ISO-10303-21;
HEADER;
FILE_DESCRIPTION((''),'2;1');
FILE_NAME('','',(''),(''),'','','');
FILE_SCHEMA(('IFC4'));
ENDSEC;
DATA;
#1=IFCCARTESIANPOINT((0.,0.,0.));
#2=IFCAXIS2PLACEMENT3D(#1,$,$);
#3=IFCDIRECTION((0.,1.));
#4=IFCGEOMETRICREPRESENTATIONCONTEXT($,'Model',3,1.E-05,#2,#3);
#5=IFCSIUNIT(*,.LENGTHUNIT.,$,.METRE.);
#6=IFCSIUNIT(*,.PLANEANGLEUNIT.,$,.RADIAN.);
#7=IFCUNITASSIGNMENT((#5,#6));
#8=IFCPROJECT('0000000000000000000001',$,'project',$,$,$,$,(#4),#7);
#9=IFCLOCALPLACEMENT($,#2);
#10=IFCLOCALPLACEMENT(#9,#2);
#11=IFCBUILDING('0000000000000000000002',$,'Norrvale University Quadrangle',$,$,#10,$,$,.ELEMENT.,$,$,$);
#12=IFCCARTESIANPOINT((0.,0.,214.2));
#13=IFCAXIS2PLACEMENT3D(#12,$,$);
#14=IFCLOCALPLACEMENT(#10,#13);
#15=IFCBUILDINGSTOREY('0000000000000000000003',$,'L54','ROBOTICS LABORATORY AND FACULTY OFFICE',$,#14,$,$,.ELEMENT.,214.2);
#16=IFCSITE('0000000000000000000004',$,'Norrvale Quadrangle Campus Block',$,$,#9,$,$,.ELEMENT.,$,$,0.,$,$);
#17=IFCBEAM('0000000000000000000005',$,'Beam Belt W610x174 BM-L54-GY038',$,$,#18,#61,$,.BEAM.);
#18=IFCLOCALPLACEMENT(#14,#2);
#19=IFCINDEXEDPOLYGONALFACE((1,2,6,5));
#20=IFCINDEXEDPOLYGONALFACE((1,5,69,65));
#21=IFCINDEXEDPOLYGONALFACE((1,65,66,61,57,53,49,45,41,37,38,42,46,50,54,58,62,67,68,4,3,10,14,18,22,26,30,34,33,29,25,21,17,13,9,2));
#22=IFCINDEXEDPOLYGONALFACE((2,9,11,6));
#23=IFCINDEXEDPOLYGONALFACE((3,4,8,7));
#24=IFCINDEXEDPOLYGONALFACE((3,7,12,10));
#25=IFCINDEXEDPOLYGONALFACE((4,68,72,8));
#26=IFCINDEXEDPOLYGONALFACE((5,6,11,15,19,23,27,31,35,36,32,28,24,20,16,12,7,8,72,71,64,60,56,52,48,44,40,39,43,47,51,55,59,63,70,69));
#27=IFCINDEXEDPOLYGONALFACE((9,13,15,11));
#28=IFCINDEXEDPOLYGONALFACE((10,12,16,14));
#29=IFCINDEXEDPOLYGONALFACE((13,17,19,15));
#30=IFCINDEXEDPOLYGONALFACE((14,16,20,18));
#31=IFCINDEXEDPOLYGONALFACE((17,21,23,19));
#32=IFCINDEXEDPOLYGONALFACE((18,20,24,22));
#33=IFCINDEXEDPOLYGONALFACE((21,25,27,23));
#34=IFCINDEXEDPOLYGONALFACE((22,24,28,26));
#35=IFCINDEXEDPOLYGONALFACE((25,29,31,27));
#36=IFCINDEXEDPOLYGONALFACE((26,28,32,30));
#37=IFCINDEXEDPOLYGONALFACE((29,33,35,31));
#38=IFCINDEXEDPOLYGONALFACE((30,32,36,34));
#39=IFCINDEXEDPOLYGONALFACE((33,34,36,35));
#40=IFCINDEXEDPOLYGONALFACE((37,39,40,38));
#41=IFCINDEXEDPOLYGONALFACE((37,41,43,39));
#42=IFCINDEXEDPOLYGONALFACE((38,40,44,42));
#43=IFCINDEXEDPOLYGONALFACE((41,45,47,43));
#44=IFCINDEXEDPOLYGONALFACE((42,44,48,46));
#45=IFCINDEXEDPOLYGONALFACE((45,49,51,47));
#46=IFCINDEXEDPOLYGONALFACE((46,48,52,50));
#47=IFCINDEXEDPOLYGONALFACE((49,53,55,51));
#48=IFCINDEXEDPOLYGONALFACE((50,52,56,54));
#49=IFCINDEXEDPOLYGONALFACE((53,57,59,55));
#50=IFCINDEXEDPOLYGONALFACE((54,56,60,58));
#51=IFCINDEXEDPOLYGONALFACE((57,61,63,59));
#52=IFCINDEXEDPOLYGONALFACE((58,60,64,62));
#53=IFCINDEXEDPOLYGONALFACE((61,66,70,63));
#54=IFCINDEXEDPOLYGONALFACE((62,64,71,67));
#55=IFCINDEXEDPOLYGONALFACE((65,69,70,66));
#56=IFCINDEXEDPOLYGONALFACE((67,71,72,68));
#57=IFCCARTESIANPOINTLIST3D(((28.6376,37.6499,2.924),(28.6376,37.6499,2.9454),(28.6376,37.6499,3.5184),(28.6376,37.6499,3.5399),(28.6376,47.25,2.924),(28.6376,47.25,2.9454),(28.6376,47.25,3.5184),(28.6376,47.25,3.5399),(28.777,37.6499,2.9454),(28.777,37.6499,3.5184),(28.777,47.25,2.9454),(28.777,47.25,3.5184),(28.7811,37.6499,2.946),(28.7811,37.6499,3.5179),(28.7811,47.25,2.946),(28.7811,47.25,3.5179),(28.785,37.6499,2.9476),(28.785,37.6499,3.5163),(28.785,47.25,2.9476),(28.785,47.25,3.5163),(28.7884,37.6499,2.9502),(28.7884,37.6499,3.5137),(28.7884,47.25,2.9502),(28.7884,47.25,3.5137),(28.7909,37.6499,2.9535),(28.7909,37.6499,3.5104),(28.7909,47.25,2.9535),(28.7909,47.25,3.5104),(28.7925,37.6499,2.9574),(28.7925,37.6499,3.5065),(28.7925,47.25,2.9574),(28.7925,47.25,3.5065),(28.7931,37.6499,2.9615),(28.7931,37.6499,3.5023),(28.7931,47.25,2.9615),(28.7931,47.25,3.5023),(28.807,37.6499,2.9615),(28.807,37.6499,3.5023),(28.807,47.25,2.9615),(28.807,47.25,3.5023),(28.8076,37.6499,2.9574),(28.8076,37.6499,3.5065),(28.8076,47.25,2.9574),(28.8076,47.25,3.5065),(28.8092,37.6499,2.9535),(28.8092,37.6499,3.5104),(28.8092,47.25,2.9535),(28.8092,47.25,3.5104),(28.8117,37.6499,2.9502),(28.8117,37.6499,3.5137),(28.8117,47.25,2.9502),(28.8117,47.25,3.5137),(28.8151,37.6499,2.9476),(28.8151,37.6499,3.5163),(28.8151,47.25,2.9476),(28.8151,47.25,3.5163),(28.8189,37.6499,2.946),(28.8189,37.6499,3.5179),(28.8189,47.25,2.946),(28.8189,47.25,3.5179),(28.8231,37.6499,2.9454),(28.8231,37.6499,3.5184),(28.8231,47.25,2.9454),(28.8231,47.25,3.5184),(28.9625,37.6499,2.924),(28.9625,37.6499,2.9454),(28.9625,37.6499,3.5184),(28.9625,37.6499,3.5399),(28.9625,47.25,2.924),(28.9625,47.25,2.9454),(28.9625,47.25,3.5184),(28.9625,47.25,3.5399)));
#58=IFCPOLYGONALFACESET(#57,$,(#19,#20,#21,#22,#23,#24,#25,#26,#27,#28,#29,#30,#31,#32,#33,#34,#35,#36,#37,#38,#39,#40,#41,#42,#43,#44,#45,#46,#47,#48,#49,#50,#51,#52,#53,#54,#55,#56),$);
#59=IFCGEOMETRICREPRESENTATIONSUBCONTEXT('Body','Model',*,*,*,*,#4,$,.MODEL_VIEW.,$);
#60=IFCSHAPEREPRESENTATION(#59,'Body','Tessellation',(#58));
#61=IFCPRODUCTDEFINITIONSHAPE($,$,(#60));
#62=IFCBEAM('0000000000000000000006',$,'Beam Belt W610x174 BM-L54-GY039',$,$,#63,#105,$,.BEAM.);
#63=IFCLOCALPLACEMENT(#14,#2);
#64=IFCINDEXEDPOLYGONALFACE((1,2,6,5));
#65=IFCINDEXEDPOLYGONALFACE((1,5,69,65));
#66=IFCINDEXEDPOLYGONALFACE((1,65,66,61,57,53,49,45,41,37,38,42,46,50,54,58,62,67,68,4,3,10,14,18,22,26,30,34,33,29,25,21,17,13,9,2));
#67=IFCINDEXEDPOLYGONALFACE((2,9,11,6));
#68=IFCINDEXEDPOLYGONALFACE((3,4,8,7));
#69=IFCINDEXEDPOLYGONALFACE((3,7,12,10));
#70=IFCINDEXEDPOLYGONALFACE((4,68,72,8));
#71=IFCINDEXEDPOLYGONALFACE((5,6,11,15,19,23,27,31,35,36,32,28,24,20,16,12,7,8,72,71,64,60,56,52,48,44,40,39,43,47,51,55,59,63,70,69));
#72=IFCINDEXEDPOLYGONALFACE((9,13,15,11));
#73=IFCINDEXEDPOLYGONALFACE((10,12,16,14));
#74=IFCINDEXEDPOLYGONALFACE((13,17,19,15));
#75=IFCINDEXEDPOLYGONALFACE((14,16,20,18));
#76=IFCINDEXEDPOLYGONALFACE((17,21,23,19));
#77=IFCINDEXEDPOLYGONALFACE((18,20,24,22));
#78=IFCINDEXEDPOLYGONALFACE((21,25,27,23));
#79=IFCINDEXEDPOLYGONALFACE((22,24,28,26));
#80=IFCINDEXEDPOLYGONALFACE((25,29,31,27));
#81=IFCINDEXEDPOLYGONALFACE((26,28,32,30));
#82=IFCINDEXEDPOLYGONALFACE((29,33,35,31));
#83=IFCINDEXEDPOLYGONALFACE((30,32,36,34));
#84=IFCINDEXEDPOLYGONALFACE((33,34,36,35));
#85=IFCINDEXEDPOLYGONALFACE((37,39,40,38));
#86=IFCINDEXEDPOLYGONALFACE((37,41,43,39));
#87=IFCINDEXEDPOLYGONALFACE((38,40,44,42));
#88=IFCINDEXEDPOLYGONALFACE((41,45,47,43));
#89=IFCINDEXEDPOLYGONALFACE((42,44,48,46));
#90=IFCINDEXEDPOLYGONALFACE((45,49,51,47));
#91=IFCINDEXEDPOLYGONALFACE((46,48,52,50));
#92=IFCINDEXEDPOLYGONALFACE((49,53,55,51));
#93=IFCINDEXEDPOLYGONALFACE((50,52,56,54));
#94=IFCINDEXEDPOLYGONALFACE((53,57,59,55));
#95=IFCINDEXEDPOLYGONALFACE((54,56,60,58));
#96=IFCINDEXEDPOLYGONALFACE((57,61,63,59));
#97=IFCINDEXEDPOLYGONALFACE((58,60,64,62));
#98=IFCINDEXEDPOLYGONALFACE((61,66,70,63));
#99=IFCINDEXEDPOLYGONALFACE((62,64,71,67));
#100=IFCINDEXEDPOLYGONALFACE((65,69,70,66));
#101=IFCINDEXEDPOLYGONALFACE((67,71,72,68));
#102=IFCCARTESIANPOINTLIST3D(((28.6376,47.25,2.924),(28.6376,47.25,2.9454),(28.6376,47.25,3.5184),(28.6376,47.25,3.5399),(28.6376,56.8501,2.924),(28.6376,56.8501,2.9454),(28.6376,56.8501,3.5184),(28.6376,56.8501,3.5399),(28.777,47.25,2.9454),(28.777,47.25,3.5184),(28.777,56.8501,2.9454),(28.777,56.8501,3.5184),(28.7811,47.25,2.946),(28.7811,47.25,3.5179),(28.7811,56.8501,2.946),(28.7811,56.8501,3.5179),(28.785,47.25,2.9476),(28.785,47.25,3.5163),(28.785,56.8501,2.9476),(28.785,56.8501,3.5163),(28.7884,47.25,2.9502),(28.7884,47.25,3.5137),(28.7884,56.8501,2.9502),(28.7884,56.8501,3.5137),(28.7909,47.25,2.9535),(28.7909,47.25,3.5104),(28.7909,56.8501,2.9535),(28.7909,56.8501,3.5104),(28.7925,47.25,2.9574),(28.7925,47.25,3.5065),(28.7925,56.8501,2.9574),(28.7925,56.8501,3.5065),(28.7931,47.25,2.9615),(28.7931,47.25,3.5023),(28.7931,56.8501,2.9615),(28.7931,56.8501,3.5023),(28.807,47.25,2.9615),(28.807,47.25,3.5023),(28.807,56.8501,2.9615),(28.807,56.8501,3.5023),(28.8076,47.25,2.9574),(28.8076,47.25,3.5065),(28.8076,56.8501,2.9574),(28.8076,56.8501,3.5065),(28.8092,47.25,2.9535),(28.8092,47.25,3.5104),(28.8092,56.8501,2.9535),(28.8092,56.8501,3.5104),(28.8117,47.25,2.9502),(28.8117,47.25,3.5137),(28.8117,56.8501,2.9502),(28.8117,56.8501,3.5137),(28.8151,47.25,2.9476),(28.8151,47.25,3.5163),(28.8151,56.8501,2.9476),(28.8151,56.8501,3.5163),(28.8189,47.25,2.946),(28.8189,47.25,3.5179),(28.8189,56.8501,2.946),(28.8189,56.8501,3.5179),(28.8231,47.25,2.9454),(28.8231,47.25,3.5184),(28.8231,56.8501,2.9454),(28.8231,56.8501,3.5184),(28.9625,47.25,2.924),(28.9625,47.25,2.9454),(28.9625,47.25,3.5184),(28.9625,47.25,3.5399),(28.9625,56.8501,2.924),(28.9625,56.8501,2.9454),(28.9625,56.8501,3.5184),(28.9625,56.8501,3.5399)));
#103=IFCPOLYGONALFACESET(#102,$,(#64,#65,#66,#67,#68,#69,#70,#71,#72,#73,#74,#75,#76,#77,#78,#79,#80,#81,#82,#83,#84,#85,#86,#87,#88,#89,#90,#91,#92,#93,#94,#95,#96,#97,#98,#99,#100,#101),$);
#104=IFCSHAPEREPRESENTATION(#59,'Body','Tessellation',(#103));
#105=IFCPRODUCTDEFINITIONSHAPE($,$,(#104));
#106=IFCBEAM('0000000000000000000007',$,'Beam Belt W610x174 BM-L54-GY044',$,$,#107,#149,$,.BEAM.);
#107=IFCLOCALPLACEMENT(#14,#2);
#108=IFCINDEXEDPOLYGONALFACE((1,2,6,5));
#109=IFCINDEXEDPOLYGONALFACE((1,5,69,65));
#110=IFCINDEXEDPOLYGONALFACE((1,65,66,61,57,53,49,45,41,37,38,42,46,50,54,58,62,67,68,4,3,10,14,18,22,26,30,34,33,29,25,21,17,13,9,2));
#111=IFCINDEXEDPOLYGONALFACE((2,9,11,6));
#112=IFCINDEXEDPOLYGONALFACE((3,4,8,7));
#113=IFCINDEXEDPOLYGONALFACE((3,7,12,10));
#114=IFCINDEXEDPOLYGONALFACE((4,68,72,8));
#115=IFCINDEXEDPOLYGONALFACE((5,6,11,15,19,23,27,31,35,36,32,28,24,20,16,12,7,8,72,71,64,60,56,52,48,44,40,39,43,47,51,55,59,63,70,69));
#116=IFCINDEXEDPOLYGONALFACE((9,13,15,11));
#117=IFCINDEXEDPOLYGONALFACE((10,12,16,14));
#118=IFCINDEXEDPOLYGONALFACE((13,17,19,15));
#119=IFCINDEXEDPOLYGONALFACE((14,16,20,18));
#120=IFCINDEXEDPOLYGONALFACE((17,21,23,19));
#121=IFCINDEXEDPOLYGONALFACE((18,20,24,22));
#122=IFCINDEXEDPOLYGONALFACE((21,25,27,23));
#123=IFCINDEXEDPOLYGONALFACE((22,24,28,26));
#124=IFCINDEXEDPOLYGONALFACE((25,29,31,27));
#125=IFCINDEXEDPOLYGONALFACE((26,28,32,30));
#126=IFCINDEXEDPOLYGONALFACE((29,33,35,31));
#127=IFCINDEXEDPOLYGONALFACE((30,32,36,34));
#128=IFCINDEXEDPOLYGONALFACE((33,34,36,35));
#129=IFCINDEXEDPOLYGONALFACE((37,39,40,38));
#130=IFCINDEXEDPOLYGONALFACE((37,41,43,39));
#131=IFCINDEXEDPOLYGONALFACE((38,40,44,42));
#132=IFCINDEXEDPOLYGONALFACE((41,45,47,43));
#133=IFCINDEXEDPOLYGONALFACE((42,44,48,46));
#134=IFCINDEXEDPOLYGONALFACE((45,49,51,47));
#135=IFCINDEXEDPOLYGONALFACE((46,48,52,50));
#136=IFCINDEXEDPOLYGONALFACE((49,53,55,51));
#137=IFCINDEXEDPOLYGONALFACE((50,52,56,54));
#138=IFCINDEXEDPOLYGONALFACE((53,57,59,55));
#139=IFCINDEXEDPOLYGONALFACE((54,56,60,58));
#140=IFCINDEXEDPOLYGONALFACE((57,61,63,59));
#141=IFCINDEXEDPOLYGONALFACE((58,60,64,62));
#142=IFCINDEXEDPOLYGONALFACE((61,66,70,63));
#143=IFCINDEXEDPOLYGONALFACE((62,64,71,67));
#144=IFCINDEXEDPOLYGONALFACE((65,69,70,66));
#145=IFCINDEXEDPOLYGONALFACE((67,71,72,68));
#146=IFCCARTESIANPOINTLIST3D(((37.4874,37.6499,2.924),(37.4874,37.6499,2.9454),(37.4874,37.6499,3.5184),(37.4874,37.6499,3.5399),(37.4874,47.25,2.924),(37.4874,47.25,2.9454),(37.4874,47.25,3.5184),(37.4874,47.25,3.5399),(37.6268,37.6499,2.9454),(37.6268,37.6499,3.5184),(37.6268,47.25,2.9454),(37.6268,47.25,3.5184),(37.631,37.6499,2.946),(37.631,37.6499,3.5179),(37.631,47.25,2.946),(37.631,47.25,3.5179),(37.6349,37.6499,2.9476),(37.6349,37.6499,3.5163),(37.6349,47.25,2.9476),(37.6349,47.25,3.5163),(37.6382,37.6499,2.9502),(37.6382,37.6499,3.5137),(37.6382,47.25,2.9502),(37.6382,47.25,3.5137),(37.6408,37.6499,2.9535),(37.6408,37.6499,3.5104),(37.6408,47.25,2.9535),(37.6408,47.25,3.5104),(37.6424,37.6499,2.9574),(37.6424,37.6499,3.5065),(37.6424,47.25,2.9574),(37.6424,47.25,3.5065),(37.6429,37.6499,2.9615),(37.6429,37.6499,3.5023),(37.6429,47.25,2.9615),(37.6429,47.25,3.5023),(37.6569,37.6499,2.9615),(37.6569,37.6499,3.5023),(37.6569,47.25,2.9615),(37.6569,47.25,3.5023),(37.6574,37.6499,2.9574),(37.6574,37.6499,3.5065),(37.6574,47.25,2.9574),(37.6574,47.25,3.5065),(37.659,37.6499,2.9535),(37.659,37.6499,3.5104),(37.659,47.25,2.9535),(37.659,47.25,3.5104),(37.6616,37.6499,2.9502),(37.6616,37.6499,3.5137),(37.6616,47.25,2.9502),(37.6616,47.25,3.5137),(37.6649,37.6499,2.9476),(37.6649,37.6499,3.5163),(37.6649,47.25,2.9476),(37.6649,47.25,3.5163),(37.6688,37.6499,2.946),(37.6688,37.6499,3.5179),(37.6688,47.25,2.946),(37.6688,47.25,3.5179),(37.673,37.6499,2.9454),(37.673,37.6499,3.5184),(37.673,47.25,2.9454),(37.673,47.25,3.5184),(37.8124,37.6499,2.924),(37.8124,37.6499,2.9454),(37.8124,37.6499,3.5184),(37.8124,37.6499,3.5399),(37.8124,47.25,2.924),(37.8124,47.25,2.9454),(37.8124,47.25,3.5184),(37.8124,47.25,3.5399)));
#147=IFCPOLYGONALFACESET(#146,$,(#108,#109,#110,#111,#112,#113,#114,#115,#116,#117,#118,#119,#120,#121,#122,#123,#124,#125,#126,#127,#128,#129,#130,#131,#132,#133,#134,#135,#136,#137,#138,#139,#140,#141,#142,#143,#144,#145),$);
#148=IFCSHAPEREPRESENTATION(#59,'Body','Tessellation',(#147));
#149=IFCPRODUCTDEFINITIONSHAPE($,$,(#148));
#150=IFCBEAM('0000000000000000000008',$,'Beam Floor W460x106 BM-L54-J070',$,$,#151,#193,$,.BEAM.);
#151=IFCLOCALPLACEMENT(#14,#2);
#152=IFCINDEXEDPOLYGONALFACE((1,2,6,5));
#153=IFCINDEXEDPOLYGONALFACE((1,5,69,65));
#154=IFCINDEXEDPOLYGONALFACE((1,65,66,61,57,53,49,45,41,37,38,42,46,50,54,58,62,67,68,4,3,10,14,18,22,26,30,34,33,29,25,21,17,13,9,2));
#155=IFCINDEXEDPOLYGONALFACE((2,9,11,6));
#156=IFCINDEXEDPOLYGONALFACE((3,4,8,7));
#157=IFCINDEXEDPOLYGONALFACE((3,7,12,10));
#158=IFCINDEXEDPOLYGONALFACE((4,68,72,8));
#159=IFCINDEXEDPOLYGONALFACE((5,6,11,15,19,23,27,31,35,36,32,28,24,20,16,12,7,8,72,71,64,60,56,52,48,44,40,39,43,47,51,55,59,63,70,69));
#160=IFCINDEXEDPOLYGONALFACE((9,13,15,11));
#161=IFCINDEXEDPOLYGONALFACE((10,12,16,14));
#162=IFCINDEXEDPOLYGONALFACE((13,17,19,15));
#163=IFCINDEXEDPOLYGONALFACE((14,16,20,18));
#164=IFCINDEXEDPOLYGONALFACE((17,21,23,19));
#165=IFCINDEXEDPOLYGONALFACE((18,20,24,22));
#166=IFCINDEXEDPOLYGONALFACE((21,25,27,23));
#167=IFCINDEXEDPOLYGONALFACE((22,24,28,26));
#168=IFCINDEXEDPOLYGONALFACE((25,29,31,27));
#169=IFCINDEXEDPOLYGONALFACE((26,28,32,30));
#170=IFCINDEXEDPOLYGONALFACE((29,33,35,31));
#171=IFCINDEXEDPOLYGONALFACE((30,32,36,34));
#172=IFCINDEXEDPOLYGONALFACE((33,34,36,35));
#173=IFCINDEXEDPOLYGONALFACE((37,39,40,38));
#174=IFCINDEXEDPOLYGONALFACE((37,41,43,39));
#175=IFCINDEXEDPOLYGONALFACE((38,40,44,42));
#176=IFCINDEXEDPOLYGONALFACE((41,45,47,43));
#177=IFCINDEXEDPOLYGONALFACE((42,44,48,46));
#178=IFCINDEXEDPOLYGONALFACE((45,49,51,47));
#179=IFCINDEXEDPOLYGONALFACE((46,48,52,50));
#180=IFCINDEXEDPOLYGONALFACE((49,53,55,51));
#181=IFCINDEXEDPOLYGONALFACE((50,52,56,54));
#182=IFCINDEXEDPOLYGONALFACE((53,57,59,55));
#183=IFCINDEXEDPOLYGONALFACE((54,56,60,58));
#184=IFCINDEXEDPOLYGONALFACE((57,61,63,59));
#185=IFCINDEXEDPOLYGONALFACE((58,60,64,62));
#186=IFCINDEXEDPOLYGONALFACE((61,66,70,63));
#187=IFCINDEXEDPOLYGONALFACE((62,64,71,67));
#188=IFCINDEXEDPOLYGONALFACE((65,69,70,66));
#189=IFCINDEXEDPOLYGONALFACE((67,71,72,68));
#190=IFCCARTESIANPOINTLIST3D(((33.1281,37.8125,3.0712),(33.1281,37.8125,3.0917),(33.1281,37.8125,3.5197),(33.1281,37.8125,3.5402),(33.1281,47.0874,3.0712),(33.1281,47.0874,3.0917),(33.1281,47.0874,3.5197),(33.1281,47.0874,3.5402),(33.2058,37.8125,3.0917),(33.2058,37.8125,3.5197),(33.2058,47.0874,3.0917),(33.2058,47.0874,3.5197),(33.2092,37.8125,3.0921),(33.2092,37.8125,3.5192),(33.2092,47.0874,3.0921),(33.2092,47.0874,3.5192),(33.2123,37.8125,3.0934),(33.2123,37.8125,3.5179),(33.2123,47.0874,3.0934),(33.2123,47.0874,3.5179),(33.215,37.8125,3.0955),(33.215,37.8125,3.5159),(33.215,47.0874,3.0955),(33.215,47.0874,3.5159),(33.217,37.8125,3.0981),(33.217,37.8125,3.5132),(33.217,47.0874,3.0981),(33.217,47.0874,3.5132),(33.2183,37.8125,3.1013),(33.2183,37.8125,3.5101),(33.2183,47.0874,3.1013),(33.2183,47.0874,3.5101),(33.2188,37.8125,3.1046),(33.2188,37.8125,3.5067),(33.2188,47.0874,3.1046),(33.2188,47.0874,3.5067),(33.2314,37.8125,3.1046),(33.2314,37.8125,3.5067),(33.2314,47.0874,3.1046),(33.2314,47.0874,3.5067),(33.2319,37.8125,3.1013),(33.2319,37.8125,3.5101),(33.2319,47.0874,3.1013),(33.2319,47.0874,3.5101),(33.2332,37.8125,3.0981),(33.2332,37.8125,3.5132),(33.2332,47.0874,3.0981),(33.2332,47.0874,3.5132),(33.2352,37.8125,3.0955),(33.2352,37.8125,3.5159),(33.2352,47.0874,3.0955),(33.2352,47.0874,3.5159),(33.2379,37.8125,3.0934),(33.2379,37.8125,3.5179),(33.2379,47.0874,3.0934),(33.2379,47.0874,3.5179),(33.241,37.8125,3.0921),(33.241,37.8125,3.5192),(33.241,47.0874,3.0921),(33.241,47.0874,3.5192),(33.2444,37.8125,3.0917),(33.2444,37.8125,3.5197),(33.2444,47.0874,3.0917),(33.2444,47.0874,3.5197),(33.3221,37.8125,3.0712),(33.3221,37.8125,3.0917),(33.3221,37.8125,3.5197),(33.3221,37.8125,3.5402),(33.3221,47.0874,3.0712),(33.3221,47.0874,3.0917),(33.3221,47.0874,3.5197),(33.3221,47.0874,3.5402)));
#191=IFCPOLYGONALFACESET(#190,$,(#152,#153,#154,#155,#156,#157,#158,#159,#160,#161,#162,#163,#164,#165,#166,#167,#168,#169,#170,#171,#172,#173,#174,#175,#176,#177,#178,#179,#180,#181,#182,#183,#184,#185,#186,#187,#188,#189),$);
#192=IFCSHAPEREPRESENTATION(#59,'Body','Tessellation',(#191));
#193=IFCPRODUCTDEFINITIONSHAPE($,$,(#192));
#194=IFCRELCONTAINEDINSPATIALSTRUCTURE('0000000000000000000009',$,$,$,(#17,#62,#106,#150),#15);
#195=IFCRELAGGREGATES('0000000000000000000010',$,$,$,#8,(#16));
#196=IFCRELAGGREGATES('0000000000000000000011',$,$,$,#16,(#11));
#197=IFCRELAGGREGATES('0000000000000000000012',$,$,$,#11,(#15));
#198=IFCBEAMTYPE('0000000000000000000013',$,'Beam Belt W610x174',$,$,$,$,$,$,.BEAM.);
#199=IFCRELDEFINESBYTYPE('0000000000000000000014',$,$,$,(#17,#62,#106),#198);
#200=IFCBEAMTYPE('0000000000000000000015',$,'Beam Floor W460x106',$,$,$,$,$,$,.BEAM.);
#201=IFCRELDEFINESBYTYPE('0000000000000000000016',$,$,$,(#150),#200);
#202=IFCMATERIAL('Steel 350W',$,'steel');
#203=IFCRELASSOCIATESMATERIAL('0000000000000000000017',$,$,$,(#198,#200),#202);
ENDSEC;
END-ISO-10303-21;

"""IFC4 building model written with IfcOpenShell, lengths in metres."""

from ifc_helpers import new_model, si_unit, direction, frame, origin, origin_2d, place, context, subcontext, project, spatial, i_section, extrude, material, material_profile, profile_set, type_object, element, save


model = new_model("IFC4")

# Units and contexts
model_context = context("Model", 3, precision=1e-05, world=origin(), true_north=direction((0.0, 1.0)))
body_context = subcontext(model_context, "Body", "Model", "MODEL_VIEW")
ifc_project = project(units=[si_unit("LENGTHUNIT", "METRE"), si_unit("PLANEANGLEUNIT", "RADIAN")], contexts=[model_context])

# Site, building, storey
site_placement = place(None, origin())
site = spatial("IfcSite", under=ifc_project, at=site_placement, Name="Norrvale Quadrangle Campus Block", CompositionType="ELEMENT", RefElevation=0.0)
building_placement = place(site_placement, origin())
building = spatial("IfcBuilding", under=site, at=building_placement, Name="Norrvale University Quadrangle", CompositionType="ELEMENT")
storey_placement = place(building_placement, frame((0.0, 0.0, 214.2)))
storey = spatial("IfcBuildingStorey", under=building, at=storey_placement, Name="L54", Description="ROBOTICS LABORATORY AND FACULTY OFFICE", CompositionType="ELEMENT", Elevation=214.2)

# Beams
ifc_material_1 = material(Name="Steel 350W", Category="steel")
ifc_material_profile_1 = material_profile(ifc_material_1, i_section(OverallWidth=0.325, OverallDepth=0.616, WebThickness=0.0139, FlangeThickness=0.0215, FilletRadius=0.0161, at=origin_2d()), Name="Steel 350W")
ifc_profile_set_1 = profile_set([ifc_material_profile_1], Name="Steel 350W")
beam_type_1 = type_object("IfcBeamType", Name="Beam Belt W610x174", PredefinedType="BEAM", material=ifc_profile_set_1)
for number, where, z_axis, x_axis, name in (
    (1, (28.8, 37.6499, 3.2319), (0.0, 1.0, 0.0), (-1.0, 0.0, 0.0), "Beam Belt W610x174 BM-L54-GY038"),
    (2, (28.8, 47.25, 3.2319), (0.0, 1.0, 0.0), (-1.0, 0.0, 0.0), "Beam Belt W610x174 BM-L54-GY039"),
    (3, (37.6499, 37.6499, 3.2319), (0.0, 1.0, 0.0), (-1.0, 0.0, 0.0), "Beam Belt W610x174 BM-L54-GY044"),
):
    element("IfcBeam", number, at=place(storey_placement, frame(where, z_axis=z_axis, x_axis=x_axis)), inside=storey, type_object=beam_type_1, Name=name, PredefinedType="BEAM", context=body_context, shape_type="SweptSolid", body=[
        extrude(i_section(OverallWidth=0.325, OverallDepth=0.616, WebThickness=0.0139, FlangeThickness=0.0215, FilletRadius=0.0161, at=origin_2d()), origin(), (0.0, 0.0, 1.0), 9.6001),
    ])
ifc_material_profile_2 = material_profile(ifc_material_1, i_section(OverallWidth=0.1941, OverallDepth=0.469, WebThickness=0.0127, FlangeThickness=0.0205, FilletRadius=0.0129, at=origin_2d()), Name="Steel 350W")
ifc_profile_set_2 = profile_set([ifc_material_profile_2], Name="Steel 350W")
beam_type_2 = type_object("IfcBeamType", Name="Beam Floor W460x106", PredefinedType="BEAM", material=ifc_profile_set_2)
beam_1_placement = place(storey_placement, frame((33.2251, 37.8125, 3.3057), z_axis=(0.0, 1.0, 0.0), x_axis=(-1.0, 0.0, 0.0)))
element("IfcBeam", 4, at=beam_1_placement, inside=storey, type_object=beam_type_2, Name="Beam Floor W460x106 BM-L54-J070", PredefinedType="BEAM", context=body_context, shape_type="SweptSolid", body=[
    extrude(i_section(OverallWidth=0.1941, OverallDepth=0.469, WebThickness=0.0127, FlangeThickness=0.0205, FilletRadius=0.0129, at=origin_2d()), origin(), (0.0, 0.0, 1.0), 9.2749),
])

save(model, "model.ifc")
